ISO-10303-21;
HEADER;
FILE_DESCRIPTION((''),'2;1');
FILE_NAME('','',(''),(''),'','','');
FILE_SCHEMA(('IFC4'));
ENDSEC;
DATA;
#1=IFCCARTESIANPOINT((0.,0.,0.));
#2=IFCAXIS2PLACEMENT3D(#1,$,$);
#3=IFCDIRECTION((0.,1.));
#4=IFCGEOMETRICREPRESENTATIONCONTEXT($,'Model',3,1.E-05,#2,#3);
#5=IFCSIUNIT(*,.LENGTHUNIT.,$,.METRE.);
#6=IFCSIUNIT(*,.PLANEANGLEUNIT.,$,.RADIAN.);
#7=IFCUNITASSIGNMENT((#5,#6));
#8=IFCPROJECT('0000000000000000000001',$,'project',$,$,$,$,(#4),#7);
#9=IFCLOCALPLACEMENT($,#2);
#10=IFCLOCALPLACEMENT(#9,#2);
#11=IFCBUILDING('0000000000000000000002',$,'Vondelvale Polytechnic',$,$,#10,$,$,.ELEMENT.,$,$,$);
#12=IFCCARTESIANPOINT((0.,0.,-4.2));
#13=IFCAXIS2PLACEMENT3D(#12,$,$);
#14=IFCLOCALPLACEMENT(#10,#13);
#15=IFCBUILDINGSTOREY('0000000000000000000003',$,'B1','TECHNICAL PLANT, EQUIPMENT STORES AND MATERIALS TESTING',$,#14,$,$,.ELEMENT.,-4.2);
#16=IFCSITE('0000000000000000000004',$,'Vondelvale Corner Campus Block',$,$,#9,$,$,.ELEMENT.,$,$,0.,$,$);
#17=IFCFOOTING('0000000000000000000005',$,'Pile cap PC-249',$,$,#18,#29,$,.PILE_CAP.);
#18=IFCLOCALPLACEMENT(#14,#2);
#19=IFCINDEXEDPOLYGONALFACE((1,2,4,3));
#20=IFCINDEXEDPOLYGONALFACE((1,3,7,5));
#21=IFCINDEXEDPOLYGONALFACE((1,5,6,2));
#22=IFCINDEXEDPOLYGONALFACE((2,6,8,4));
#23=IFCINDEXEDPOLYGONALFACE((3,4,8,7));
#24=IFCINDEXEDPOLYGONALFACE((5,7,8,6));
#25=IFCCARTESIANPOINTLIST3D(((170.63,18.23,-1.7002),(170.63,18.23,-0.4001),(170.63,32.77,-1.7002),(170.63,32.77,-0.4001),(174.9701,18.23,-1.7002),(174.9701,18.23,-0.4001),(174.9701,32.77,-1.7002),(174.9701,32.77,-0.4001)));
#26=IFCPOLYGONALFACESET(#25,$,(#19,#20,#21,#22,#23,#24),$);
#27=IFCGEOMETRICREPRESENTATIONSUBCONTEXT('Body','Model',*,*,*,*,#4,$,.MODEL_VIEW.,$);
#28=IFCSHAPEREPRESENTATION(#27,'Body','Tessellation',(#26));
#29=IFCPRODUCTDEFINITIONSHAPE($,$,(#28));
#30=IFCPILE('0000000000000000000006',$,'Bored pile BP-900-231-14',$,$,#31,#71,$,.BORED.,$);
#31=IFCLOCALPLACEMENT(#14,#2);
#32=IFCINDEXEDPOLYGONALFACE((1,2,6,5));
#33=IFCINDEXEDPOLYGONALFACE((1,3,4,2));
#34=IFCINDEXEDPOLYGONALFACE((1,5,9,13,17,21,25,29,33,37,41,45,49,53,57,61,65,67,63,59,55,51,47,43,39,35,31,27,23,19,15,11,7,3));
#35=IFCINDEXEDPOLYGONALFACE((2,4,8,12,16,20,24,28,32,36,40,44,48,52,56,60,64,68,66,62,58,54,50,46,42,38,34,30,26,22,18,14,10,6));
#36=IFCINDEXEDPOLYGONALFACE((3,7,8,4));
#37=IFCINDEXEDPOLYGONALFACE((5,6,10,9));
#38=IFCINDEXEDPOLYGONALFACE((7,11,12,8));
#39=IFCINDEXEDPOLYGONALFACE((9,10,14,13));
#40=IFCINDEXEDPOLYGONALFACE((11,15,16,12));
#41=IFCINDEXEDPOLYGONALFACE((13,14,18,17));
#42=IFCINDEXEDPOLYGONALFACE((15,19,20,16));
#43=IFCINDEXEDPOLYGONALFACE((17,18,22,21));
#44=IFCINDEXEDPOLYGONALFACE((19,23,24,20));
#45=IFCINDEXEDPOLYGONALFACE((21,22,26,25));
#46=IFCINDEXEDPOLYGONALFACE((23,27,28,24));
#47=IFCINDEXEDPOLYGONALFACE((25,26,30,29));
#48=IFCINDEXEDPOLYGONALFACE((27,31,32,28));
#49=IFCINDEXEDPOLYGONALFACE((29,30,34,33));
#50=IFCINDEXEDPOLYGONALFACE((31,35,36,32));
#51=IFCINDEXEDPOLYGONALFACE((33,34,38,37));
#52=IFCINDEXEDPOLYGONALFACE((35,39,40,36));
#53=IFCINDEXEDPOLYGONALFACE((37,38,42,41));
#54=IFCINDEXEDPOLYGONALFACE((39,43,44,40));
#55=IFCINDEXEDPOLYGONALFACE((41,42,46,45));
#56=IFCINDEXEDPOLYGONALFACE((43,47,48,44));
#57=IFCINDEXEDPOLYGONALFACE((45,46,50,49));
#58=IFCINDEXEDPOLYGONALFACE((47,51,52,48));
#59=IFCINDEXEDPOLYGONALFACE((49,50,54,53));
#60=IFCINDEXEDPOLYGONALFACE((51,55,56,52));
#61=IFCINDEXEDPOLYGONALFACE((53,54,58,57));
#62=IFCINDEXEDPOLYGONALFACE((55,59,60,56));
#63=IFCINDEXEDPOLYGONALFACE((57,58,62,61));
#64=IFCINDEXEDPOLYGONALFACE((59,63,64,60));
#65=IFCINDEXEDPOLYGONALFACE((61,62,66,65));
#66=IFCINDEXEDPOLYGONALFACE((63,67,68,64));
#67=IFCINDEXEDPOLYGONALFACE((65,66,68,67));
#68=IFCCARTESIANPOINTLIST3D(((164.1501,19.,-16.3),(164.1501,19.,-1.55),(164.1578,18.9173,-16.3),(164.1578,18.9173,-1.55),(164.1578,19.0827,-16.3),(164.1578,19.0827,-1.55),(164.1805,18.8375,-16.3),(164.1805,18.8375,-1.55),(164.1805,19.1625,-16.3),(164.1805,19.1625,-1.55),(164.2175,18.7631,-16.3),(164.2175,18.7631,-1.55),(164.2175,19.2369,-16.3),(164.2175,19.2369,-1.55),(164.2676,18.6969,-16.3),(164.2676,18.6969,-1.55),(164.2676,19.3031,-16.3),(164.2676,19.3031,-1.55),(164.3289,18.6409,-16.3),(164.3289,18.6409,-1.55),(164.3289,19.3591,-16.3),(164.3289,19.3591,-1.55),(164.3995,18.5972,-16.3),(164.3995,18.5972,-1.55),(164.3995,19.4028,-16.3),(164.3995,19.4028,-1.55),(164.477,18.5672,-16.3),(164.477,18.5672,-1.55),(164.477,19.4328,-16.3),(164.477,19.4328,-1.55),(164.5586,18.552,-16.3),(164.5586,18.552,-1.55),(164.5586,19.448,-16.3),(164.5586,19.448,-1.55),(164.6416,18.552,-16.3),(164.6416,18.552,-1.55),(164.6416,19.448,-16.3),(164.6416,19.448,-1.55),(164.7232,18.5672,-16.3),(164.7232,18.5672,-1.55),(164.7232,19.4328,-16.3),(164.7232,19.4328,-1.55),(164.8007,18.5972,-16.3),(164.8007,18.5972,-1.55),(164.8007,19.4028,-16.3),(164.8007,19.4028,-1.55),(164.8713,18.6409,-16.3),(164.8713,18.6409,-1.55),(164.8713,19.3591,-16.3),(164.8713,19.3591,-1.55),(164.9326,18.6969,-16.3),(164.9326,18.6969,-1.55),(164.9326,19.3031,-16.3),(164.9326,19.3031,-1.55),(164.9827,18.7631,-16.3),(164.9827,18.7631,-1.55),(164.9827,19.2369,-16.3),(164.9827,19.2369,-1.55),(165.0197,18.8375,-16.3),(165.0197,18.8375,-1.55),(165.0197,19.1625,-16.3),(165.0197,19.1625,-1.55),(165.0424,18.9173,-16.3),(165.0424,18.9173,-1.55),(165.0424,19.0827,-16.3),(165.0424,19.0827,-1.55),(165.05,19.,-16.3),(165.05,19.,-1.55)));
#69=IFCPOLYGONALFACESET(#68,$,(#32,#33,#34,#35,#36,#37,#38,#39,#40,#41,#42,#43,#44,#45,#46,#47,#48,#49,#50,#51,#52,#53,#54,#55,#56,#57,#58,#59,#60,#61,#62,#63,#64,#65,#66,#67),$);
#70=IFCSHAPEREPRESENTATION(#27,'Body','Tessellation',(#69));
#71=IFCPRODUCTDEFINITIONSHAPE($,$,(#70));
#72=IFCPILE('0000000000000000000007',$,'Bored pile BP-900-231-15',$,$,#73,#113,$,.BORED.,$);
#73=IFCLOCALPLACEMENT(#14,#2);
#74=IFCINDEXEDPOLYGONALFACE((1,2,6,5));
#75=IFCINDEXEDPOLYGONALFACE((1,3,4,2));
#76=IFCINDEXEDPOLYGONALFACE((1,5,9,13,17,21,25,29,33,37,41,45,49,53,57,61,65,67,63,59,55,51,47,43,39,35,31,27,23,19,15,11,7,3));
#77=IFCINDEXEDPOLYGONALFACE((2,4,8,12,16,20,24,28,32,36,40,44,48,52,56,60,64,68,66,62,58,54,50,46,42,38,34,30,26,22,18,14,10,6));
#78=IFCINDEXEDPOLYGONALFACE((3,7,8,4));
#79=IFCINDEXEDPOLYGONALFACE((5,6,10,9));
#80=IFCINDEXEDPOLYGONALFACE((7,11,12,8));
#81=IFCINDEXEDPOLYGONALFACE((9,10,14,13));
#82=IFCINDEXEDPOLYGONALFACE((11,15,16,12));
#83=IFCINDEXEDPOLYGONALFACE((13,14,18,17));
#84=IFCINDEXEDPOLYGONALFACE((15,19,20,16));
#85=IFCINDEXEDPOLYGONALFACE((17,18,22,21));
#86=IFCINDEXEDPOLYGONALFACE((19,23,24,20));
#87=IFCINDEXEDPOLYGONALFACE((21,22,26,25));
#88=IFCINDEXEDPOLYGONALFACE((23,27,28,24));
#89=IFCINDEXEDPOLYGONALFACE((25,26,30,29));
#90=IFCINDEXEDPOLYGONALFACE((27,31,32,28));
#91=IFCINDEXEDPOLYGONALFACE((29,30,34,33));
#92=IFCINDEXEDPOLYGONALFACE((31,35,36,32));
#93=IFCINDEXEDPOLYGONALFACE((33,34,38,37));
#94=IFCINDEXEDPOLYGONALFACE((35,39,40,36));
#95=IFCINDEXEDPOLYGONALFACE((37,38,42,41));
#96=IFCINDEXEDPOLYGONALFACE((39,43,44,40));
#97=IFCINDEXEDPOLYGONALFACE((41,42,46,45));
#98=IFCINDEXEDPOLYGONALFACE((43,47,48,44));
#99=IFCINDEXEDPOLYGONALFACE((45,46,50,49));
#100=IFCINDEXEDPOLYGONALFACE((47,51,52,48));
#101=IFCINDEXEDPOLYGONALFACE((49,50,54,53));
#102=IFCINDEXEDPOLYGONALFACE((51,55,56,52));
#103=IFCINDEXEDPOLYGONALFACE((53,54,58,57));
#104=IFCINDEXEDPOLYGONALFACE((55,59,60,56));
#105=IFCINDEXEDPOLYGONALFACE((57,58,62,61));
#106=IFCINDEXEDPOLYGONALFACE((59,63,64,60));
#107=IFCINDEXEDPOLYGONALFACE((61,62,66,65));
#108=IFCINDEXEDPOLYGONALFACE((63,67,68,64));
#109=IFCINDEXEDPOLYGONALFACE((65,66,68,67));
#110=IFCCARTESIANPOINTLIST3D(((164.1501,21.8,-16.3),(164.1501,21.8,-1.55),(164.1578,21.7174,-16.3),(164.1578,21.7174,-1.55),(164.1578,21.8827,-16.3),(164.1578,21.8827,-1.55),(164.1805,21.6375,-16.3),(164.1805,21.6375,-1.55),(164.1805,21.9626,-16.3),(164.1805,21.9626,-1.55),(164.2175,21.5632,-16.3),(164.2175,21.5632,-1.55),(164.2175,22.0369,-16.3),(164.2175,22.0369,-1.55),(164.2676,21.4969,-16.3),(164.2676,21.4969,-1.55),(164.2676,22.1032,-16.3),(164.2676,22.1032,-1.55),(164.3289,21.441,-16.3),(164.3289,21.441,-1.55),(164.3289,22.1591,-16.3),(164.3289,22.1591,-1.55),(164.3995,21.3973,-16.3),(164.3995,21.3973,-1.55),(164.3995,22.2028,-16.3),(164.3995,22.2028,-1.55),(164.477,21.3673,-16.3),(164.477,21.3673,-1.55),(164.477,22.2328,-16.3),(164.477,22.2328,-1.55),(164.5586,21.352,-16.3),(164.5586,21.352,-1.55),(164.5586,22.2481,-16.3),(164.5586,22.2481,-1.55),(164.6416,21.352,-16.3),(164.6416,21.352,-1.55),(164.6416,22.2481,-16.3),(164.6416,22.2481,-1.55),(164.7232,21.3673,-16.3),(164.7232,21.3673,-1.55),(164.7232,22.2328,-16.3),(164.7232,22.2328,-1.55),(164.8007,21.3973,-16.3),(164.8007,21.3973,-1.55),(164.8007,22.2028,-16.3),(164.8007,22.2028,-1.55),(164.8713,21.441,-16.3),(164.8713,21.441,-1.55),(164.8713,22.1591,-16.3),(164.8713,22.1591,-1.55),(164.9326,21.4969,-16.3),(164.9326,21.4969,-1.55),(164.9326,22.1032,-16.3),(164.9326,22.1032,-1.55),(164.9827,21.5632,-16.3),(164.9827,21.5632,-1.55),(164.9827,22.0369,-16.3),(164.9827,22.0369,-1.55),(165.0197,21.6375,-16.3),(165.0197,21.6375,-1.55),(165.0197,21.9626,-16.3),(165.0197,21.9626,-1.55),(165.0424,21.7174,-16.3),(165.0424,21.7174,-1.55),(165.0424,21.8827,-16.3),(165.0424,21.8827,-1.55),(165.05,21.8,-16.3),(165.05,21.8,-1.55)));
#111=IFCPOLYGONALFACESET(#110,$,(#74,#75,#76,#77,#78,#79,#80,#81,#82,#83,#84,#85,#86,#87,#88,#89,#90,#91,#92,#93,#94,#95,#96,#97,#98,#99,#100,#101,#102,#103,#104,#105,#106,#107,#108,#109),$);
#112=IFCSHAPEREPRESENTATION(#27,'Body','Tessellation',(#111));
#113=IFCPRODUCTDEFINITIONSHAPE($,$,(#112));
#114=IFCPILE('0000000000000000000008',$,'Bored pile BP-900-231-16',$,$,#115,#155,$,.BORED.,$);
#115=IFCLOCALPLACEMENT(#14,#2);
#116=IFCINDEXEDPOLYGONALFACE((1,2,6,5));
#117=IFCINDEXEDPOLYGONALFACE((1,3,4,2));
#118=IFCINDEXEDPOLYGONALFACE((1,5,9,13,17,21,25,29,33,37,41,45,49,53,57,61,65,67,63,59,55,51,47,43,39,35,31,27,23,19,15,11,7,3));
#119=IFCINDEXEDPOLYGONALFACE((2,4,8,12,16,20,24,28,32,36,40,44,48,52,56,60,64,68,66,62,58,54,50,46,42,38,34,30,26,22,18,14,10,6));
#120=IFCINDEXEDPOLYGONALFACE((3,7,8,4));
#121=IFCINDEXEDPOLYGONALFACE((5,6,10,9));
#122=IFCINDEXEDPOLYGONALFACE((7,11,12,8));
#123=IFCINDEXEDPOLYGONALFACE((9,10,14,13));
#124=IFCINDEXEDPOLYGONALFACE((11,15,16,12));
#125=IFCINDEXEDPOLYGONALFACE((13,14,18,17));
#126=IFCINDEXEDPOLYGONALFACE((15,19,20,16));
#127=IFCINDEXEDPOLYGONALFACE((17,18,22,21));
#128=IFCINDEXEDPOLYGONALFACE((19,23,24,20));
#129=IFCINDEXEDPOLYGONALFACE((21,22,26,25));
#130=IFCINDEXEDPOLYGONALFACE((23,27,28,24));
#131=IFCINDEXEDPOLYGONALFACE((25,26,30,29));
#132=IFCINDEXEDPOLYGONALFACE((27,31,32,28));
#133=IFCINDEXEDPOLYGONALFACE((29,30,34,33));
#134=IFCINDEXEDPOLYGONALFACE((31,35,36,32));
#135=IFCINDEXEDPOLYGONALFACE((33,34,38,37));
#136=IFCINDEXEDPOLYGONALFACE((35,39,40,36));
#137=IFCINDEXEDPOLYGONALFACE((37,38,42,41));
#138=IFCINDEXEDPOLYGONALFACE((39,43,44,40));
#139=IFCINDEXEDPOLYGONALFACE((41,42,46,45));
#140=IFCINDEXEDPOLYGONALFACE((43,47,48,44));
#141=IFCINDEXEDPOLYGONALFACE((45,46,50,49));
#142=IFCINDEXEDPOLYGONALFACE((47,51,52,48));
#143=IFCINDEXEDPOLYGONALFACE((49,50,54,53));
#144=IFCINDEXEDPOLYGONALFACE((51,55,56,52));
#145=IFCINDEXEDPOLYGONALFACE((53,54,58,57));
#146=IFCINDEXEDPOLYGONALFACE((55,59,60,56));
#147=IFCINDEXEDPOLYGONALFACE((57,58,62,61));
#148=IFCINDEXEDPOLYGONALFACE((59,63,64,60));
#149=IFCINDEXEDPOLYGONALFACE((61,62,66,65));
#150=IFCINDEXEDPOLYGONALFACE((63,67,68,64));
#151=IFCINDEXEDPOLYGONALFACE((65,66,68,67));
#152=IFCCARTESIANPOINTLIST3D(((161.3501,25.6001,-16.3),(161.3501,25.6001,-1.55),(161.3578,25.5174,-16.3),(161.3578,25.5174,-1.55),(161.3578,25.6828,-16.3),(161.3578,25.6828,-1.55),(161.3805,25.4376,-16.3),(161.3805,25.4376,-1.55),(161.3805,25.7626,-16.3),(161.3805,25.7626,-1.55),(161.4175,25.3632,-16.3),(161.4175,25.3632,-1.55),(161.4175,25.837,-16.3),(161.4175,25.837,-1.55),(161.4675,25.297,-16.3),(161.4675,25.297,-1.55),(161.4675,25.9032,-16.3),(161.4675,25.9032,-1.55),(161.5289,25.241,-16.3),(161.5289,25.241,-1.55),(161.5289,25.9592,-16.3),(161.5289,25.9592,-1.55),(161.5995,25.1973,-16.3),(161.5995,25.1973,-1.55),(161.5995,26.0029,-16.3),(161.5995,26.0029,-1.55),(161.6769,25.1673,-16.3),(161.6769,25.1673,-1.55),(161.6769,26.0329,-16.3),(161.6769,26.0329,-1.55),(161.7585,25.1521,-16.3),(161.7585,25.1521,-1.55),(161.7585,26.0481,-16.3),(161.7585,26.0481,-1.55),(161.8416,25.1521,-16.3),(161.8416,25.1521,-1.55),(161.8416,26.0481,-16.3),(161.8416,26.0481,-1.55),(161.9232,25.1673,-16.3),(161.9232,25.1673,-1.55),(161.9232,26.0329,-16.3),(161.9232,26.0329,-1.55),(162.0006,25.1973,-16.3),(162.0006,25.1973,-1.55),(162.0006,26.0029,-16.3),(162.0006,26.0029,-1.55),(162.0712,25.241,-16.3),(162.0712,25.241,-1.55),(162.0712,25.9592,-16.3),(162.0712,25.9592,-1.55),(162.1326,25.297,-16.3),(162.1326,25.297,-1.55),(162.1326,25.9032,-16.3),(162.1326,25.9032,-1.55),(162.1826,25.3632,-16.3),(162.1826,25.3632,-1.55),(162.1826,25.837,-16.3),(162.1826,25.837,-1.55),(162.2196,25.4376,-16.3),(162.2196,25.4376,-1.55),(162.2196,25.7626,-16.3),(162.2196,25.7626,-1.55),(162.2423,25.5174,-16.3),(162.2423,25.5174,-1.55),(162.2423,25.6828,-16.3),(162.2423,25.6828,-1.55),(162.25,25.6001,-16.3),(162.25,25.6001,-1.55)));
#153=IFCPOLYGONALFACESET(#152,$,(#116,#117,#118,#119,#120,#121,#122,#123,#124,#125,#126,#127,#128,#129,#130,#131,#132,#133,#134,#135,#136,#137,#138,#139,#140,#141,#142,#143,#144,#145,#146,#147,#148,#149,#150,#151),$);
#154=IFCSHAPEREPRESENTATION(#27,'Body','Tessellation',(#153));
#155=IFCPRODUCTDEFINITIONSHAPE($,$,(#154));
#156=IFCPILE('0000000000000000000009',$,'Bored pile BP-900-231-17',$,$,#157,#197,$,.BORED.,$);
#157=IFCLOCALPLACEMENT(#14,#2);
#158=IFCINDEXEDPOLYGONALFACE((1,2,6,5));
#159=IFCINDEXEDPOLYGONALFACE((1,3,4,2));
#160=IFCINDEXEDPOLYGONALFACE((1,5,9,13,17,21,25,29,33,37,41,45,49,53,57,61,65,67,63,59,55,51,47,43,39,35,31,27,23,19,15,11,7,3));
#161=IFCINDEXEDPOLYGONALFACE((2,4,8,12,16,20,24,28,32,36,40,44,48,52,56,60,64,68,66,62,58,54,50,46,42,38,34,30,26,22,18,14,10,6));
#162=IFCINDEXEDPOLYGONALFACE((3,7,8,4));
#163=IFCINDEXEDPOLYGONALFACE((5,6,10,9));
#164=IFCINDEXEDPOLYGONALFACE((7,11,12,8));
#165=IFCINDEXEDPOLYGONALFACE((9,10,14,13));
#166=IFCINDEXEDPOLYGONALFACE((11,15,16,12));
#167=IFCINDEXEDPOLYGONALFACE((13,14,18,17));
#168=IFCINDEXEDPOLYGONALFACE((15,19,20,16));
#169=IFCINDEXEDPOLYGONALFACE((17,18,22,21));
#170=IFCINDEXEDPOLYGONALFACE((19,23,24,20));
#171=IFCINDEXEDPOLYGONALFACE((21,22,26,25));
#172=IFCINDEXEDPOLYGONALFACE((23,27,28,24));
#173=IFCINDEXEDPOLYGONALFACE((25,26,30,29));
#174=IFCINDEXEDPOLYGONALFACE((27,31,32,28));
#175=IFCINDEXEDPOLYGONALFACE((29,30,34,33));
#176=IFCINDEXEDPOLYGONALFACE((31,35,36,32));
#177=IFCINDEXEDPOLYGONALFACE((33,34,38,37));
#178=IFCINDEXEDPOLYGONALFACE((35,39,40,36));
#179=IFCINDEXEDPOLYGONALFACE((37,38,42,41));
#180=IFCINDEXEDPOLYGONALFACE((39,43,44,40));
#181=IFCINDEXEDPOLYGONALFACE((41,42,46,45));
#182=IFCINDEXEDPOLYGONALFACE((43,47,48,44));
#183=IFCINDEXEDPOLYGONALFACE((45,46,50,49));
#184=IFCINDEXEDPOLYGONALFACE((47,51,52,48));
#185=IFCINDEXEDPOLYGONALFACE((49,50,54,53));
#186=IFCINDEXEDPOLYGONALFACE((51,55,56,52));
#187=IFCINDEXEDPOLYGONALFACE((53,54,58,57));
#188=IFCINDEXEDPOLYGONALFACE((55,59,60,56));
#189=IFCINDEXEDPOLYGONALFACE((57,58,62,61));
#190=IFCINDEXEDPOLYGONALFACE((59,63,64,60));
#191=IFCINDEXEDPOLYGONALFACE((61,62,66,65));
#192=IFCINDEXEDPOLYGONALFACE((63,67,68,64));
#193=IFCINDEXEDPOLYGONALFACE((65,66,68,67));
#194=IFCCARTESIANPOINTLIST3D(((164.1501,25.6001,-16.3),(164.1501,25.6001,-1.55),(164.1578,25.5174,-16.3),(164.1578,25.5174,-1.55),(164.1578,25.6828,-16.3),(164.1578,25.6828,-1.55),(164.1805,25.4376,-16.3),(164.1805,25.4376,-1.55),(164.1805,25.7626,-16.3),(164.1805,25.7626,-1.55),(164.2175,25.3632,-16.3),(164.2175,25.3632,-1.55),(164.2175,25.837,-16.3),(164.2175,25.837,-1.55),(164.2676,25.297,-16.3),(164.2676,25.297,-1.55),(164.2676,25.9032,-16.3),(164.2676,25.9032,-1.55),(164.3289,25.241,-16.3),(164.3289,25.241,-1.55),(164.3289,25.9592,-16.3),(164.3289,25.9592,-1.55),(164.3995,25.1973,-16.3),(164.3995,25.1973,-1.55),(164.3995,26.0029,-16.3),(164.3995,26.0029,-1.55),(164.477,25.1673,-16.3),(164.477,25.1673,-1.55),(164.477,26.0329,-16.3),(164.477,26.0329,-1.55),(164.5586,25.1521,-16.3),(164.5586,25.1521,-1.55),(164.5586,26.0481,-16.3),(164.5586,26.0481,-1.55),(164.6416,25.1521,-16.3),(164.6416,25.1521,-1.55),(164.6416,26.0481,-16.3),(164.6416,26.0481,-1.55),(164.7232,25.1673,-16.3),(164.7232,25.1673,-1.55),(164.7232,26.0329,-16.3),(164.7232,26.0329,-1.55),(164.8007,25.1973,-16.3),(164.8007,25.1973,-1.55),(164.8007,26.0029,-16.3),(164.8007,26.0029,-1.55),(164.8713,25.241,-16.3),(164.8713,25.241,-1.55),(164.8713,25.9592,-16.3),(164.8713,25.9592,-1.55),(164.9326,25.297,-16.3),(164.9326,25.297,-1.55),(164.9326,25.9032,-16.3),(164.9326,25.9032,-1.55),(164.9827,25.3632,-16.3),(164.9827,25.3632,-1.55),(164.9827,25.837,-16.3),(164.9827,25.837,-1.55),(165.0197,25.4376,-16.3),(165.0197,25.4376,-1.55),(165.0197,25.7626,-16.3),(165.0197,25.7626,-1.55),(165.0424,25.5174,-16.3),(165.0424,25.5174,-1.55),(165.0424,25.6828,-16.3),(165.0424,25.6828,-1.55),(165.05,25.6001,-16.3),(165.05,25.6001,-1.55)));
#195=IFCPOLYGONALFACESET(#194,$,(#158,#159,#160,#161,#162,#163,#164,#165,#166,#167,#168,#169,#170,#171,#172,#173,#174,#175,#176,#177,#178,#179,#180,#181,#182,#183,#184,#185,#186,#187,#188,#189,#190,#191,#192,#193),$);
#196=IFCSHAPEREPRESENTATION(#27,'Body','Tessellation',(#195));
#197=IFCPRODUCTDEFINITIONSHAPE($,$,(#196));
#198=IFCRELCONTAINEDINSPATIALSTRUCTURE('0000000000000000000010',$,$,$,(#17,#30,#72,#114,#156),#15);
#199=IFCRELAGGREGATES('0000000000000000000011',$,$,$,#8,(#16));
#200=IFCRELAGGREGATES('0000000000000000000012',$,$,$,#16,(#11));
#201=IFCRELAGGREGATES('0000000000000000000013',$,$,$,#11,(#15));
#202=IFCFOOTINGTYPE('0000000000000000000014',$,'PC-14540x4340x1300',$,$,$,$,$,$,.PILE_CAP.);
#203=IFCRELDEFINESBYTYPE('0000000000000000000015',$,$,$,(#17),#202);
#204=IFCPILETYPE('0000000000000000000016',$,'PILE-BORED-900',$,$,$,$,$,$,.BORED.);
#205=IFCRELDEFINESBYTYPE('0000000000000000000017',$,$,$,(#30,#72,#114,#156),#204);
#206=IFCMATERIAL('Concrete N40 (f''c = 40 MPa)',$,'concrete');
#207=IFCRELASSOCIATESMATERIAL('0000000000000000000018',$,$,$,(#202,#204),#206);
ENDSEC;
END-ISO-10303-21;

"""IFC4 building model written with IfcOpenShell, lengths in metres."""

from ifc_helpers import new_model, si_unit, direction, frame, origin, origin_2d, place, context, subcontext, project, spatial, rectangle, circle, extrude, material, material_profile, profile_set, type_object, element, save


model = new_model("IFC4")

# Units and contexts
model_context = context("Model", 3, precision=1e-05, world=origin(), true_north=direction((0.0, 1.0)))
body_context = subcontext(model_context, "Body", "Model", "MODEL_VIEW")
ifc_project = project(units=[si_unit("LENGTHUNIT", "METRE"), si_unit("PLANEANGLEUNIT", "RADIAN")], contexts=[model_context])

# Site, building, storey
site_placement = place(None, origin())
site = spatial("IfcSite", under=ifc_project, at=site_placement, Name="Vondelvale Corner Campus Block", CompositionType="ELEMENT", RefElevation=0.0)
building_placement = place(site_placement, origin())
building = spatial("IfcBuilding", under=site, at=building_placement, Name="Vondelvale Polytechnic", CompositionType="ELEMENT")
storey_placement = place(building_placement, frame((0.0, 0.0, -4.2)))
storey = spatial("IfcBuildingStorey", under=building, at=storey_placement, Name="B1", Description="TECHNICAL PLANT, EQUIPMENT STORES AND MATERIALS TESTING", CompositionType="ELEMENT", Elevation=-4.2)

# Footing
ifc_material_1 = material(Name="Concrete N40 (f'c = 40 MPa)", Category="concrete")
footing_type = type_object("IfcFootingType", Name="PC-14540x4340x1300", PredefinedType="PILE_CAP", material=ifc_material_1)
footing_placement = place(storey_placement, frame((172.8, 25.5, -1.7002), z_axis=(0.0, 0.0, 1.0), x_axis=(1.0, 0.0, 0.0)))
element("IfcFooting", 1, at=footing_placement, inside=storey, type_object=footing_type, Name="Pile cap PC-249", PredefinedType="PILE_CAP", context=body_context, shape_type="SweptSolid", body=[
    extrude(rectangle(XDim=4.3401, YDim=14.54, at=origin_2d()), origin(), (0.0, 0.0, 1.0), 1.3),
])

# Piles
ifc_material_profile_1 = material_profile(ifc_material_1, circle(Radius=0.45, at=origin_2d()), Name="PILE-D900")
ifc_profile_set_1 = profile_set([ifc_material_profile_1], Name="Concrete N40 (f'c = 40 MPa)")
pile_type = type_object("IfcPileType", Name="PILE-BORED-900", PredefinedType="BORED", material=ifc_profile_set_1)
for number, where, z_axis, x_axis, name in (
    (2, (164.6001, 19.0, -1.55), (0.0, 0.0, -1.0), (1.0, 0.0, 0.0), "Bored pile BP-900-231-14"),
    (3, (164.6001, 21.8, -1.55), (0.0, 0.0, -1.0), (1.0, 0.0, 0.0), "Bored pile BP-900-231-15"),
    (4, (161.8, 25.6001, -1.55), (0.0, 0.0, -1.0), (1.0, 0.0, 0.0), "Bored pile BP-900-231-16"),
    (5, (164.6001, 25.6001, -1.55), (0.0, 0.0, -1.0), (1.0, 0.0, 0.0), "Bored pile BP-900-231-17"),
):
    element("IfcPile", number, at=place(storey_placement, frame(where, z_axis=z_axis, x_axis=x_axis)), inside=storey, type_object=pile_type, Name=name, PredefinedType="BORED", context=body_context, shape_type="SweptSolid", body=[
        extrude(circle(Radius=0.45, at=origin_2d()), origin(), (0.0, 0.0, 1.0), 14.75),
    ])

save(model, "model.ifc")
